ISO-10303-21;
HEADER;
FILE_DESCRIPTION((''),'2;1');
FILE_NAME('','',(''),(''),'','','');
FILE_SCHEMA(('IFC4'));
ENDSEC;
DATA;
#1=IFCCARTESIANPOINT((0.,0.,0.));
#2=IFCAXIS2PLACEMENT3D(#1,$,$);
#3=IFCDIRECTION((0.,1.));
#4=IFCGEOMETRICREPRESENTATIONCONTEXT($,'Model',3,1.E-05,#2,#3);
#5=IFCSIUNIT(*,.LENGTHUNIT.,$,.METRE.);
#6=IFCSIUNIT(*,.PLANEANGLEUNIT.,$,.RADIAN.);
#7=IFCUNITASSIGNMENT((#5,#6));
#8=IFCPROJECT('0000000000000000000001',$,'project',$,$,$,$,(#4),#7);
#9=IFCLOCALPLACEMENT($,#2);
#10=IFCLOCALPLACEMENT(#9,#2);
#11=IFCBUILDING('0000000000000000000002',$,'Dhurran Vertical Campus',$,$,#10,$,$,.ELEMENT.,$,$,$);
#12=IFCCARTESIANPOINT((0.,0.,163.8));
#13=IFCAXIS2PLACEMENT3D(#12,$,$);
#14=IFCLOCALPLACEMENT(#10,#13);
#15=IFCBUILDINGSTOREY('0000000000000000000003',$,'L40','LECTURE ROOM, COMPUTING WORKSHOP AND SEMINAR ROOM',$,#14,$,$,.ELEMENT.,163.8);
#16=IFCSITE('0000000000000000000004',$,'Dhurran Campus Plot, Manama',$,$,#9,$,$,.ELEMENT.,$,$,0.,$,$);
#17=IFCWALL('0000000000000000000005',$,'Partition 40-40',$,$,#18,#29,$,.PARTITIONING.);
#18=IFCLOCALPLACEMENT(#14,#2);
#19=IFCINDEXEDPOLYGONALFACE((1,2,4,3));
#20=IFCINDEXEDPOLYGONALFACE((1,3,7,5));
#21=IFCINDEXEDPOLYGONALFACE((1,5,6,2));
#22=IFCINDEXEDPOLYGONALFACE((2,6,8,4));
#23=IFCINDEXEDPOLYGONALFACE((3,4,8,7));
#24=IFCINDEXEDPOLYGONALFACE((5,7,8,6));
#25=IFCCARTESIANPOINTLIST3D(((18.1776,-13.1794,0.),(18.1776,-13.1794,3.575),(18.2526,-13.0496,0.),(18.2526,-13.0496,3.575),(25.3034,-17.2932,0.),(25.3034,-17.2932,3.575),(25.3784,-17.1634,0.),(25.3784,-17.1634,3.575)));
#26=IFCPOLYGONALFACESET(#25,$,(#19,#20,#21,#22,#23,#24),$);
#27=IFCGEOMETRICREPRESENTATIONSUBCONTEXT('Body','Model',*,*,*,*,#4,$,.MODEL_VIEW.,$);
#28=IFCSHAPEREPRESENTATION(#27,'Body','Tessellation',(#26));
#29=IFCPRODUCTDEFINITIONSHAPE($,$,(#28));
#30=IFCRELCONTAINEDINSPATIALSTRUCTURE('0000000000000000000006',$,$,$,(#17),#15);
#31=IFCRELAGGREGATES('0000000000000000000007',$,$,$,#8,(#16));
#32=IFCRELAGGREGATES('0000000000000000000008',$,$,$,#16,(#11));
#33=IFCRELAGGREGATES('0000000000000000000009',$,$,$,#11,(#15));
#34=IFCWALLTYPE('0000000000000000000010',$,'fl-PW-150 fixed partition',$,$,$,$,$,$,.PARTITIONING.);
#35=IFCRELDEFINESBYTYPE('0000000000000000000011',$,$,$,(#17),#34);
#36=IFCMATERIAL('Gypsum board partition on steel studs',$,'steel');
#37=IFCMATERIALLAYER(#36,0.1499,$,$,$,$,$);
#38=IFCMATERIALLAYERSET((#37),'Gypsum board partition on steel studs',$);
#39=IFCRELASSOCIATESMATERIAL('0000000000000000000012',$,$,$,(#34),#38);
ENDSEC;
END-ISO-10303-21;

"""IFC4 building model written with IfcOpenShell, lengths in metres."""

from ifc_helpers import new_model, si_unit, direction, frame, frame_2d, origin, place, context, subcontext, project, spatial, rectangle, extrude, material, layer, layer_set, type_object, element, save


model = new_model("IFC4")

# Units and contexts
model_context = context("Model", 3, precision=1e-05, world=origin(), true_north=direction((0.0, 1.0)))
body_context = subcontext(model_context, "Body", "Model", "MODEL_VIEW")
ifc_project = project(units=[si_unit("LENGTHUNIT", "METRE"), si_unit("PLANEANGLEUNIT", "RADIAN")], contexts=[model_context])

# Site, building, storey
site_placement = place(None, origin())
site = spatial("IfcSite", under=ifc_project, at=site_placement, Name="Dhurran Campus Plot, Manama", CompositionType="ELEMENT", RefElevation=0.0)
building_placement = place(site_placement, origin())
building = spatial("IfcBuilding", under=site, at=building_placement, Name="Dhurran Vertical Campus", CompositionType="ELEMENT")
storey_placement = place(building_placement, frame((0.0, 0.0, 163.8)))
storey = spatial("IfcBuildingStorey", under=building, at=storey_placement, Name="L40", Description="LECTURE ROOM, COMPUTING WORKSHOP AND SEMINAR ROOM", CompositionType="ELEMENT", Elevation=163.8)

# Wall
ifc_material_1 = material(Name="Gypsum board partition on steel studs", Category="steel")
ifc_layer_1 = layer(ifc_material_1, 0.1499)
ifc_layer_set_1 = layer_set([ifc_layer_1], Name="Gypsum board partition on steel studs")
wall_type_1 = type_object("IfcWallType", Name="fl-PW-150 fixed partition", PredefinedType="PARTITIONING", material=ifc_layer_set_1)
wall_1_placement = place(storey_placement, frame((18.2151, -13.1145, 0.0), z_axis=(0.0, 0.0, 1.0), x_axis=(0.86604, -0.499975, 0.0)))
element("IfcWall", 1, at=wall_1_placement, inside=storey, type_object=wall_type_1, Name="Partition 40-40", PredefinedType="PARTITIONING", context=body_context, shape_type="SweptSolid", body=[
    extrude(rectangle(XDim=8.228, YDim=0.1499, at=frame_2d((4.114, 0.0))), origin(), (0.0, 0.0, 1.0), 3.575),
])

save(model, "model.ifc")
